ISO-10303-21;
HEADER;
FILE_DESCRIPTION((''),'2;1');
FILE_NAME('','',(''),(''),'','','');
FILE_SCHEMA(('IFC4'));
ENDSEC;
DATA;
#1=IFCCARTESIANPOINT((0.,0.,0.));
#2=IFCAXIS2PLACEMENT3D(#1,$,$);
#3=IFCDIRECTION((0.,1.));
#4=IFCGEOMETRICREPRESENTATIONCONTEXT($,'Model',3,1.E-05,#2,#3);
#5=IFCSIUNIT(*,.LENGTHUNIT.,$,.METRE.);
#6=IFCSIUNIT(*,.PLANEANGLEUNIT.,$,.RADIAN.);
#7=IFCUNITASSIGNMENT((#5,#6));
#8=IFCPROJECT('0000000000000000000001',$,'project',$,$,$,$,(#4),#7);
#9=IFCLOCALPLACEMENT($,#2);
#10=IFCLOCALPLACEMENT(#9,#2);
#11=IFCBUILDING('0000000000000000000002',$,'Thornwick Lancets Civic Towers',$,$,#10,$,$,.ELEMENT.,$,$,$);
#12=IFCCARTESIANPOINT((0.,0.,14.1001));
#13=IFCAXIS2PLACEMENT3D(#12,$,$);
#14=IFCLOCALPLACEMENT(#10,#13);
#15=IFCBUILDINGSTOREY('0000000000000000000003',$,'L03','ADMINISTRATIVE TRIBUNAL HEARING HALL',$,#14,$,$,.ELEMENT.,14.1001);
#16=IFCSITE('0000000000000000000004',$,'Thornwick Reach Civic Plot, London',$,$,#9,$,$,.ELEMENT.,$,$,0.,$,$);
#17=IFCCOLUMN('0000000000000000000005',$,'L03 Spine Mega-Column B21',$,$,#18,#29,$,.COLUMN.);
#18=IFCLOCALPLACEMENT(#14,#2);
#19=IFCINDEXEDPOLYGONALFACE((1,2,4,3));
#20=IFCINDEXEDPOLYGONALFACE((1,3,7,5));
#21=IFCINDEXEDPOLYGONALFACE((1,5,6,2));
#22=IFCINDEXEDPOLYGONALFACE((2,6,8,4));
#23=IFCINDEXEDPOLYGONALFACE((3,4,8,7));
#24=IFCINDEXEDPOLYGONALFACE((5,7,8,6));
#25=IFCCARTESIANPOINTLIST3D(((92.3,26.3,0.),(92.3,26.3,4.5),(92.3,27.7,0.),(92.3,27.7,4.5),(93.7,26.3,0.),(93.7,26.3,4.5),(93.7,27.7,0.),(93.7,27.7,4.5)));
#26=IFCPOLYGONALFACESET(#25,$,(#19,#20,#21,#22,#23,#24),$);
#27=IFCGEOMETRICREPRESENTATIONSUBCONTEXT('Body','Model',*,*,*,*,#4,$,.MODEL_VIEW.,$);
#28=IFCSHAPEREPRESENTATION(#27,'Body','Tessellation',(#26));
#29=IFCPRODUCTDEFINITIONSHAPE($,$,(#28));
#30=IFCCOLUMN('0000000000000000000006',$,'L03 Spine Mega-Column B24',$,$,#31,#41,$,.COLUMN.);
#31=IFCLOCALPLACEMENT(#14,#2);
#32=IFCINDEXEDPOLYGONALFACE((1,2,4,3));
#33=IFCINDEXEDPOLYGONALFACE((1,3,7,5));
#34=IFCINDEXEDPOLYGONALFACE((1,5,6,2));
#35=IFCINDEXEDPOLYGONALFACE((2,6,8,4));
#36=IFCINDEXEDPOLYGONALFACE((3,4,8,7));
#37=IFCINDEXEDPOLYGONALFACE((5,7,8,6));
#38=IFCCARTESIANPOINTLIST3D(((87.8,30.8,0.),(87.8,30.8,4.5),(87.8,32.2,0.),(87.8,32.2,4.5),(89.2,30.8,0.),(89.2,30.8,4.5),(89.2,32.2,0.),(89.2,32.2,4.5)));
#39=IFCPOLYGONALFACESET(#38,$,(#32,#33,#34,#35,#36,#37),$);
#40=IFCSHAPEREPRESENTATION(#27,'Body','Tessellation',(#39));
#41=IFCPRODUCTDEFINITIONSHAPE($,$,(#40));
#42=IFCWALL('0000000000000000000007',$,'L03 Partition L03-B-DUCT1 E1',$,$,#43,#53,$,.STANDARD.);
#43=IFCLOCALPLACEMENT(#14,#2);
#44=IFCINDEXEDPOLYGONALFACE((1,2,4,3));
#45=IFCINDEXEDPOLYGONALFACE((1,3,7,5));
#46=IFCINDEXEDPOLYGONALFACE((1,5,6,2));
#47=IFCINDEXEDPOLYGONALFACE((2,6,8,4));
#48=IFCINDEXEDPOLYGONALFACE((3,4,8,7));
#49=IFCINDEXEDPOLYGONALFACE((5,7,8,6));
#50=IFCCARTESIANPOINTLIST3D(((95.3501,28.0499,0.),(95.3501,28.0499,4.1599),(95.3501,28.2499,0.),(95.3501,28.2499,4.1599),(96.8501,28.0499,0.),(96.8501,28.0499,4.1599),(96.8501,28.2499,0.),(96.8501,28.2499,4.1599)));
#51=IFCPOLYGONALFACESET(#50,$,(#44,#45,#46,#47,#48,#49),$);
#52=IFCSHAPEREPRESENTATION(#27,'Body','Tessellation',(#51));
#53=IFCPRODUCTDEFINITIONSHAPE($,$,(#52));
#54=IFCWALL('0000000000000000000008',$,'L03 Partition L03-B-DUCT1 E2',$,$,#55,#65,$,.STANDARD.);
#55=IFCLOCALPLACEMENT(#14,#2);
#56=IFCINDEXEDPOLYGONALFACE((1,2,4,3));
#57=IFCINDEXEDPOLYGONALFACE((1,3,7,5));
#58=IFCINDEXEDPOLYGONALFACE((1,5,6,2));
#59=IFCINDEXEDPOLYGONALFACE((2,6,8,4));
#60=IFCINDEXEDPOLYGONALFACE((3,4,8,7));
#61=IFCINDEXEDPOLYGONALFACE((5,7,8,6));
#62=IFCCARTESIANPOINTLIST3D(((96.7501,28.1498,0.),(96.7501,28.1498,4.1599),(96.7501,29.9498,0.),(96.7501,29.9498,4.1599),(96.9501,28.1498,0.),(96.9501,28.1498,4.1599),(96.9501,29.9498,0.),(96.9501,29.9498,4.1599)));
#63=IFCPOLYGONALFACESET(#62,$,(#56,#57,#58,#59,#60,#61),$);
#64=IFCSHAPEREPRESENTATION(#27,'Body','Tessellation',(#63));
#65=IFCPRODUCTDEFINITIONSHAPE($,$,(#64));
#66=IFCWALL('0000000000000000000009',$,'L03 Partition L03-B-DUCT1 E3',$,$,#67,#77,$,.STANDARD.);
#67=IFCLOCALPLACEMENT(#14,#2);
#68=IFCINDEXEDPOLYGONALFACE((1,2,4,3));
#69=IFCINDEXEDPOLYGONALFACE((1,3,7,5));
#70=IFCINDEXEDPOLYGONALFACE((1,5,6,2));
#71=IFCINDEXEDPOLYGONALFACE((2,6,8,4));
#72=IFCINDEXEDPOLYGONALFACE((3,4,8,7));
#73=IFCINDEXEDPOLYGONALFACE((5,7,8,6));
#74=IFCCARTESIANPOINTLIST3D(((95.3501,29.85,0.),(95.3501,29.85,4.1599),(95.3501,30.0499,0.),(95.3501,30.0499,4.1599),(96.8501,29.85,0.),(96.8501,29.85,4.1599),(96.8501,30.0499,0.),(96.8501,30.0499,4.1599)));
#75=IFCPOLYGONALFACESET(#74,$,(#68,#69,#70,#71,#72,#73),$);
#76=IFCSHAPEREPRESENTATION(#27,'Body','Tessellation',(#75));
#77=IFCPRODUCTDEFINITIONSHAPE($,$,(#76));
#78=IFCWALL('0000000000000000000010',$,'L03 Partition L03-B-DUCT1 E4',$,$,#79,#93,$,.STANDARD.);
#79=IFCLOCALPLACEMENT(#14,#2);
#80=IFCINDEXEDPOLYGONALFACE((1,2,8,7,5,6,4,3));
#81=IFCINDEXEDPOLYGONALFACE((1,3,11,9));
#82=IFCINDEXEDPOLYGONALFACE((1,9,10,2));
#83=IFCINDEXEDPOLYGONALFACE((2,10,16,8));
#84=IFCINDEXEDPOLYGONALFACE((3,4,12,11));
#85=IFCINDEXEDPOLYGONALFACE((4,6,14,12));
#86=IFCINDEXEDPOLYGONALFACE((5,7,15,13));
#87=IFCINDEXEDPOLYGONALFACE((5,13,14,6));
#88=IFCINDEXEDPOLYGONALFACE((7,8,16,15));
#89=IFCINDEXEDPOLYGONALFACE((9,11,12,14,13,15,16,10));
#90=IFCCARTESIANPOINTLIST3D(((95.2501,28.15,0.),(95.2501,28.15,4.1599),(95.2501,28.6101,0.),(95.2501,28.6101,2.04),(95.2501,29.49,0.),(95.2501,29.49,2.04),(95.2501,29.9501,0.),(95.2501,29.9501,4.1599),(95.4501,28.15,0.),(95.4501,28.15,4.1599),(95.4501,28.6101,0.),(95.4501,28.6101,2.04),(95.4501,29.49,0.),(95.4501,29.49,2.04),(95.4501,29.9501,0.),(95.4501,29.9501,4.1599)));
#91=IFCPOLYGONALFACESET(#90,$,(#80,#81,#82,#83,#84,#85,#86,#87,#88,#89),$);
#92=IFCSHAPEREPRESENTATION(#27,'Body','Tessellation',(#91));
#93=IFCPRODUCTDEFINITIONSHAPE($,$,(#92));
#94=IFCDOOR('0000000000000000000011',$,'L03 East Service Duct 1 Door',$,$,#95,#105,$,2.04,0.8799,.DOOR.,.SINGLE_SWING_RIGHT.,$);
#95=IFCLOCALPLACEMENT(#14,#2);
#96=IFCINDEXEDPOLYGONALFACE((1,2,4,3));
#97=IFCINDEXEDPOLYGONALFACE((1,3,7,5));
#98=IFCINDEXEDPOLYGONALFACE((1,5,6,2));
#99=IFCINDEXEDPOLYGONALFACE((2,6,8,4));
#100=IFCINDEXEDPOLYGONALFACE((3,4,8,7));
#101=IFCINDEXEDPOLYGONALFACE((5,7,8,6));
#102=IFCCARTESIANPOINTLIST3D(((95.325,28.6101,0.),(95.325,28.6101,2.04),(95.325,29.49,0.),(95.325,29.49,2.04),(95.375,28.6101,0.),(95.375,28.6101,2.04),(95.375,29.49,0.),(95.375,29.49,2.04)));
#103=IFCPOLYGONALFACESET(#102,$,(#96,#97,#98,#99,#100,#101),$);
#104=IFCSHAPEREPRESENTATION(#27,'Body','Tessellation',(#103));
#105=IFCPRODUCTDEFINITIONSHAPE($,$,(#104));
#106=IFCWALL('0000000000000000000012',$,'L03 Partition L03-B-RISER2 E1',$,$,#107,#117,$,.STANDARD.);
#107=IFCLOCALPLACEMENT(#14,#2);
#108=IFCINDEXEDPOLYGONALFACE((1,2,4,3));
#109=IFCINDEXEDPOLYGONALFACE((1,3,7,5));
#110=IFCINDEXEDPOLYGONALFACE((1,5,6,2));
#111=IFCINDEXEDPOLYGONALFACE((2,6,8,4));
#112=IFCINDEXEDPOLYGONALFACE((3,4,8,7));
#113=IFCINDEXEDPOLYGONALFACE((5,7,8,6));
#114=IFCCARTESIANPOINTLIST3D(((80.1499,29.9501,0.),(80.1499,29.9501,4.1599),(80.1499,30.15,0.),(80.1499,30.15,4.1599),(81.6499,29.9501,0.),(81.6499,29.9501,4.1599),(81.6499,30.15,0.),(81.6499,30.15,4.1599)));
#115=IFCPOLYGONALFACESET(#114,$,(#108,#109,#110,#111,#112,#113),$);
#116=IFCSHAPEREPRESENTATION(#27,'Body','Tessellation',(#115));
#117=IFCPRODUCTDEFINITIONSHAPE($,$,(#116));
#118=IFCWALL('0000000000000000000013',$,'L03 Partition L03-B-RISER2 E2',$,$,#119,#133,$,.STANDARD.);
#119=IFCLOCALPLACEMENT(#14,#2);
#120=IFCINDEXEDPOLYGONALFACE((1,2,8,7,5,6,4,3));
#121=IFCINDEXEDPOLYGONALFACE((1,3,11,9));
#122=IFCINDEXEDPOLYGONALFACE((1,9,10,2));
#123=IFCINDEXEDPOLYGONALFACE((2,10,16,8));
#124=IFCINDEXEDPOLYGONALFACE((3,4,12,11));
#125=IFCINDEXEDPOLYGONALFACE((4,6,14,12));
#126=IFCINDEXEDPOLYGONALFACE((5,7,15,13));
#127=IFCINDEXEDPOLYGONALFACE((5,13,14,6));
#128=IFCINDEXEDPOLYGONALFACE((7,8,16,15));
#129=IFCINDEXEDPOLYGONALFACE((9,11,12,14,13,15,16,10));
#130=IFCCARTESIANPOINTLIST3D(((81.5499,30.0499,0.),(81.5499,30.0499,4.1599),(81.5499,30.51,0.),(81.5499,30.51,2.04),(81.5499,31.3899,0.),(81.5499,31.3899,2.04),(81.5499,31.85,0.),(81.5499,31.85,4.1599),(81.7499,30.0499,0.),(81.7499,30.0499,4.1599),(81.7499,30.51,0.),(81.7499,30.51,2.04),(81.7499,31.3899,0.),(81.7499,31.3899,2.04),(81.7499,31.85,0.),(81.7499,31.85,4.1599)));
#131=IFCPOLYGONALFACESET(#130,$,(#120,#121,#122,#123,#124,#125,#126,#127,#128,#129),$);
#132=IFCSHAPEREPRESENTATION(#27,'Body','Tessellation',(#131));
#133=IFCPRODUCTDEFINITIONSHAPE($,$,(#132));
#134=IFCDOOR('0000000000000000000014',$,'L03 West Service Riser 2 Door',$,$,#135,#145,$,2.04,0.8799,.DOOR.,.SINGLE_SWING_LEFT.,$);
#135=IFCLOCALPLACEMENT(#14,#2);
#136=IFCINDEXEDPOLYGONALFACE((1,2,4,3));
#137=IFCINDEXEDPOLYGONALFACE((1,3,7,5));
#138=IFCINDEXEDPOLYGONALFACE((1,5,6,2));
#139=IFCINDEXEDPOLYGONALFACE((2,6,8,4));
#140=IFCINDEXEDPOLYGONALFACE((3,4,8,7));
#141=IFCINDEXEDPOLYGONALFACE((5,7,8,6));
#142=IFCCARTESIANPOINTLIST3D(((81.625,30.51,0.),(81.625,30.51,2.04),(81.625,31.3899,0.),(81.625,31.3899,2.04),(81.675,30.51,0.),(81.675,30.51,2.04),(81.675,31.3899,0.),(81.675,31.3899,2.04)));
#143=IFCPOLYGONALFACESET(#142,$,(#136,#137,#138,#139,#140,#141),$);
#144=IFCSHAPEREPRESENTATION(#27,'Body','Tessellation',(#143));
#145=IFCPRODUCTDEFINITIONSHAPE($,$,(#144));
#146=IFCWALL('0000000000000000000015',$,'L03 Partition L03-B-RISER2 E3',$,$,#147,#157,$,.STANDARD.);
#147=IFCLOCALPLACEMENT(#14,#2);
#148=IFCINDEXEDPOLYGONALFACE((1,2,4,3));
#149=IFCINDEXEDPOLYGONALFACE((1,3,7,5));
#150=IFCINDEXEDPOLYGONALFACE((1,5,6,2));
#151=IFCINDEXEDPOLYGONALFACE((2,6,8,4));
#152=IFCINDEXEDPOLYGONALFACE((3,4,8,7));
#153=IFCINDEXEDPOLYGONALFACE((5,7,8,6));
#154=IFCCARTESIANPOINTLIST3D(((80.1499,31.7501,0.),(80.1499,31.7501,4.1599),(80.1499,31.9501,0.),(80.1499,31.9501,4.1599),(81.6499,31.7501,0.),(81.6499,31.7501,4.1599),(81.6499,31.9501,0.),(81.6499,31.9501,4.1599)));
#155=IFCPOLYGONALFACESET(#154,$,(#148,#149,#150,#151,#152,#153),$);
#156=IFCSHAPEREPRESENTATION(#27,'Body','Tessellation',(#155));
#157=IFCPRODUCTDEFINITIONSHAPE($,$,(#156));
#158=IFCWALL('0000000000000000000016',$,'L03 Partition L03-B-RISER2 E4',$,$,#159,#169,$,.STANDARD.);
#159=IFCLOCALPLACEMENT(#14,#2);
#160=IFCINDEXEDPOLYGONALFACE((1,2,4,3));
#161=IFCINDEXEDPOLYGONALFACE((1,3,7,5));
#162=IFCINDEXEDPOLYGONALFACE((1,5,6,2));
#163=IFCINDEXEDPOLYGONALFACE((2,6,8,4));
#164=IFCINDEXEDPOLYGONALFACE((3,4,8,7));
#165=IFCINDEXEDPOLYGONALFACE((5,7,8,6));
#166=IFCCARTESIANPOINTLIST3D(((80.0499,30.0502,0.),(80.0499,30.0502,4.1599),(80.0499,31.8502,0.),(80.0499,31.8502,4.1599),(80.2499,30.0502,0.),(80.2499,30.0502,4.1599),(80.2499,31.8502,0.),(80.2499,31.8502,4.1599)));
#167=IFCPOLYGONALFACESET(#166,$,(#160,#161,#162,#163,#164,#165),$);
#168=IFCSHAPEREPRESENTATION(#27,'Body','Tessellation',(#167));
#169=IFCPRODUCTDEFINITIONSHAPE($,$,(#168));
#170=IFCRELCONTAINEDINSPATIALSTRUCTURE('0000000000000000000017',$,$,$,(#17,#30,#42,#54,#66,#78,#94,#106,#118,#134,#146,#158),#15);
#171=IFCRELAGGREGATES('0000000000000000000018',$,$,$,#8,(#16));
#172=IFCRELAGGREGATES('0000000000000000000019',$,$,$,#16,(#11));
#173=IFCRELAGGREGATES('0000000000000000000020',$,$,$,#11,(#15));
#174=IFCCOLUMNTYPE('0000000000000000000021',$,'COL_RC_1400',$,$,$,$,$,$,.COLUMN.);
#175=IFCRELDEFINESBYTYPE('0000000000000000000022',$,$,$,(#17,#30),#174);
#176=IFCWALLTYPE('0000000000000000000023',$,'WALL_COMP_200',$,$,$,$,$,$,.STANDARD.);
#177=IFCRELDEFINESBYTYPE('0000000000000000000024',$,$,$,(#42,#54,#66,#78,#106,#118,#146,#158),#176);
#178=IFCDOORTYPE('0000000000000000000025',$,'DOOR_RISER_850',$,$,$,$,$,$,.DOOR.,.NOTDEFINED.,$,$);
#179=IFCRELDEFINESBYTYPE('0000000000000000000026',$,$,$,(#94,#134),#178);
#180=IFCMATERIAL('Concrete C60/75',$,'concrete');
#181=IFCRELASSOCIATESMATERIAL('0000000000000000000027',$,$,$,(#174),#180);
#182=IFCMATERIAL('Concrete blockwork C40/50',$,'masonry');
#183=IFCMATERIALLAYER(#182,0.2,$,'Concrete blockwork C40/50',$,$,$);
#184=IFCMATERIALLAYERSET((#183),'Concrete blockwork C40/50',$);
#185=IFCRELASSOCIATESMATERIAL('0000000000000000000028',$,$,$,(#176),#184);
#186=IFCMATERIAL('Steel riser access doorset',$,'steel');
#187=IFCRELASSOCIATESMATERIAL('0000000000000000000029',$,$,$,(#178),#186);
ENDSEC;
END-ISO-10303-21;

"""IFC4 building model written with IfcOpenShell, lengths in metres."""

from ifc_helpers import new_model, si_unit, direction, frame, frame_2d, origin, origin_2d, place, context, subcontext, project, spatial, rectangle, extrude, material, layer, layer_set, material_profile, profile_set, type_object, element, fill, save


model = new_model("IFC4")

# Units and contexts
model_context = context("Model", 3, precision=1e-05, world=origin(), true_north=direction((0.0, 1.0)))
body_context = subcontext(model_context, "Body", "Model", "MODEL_VIEW")
ifc_project = project(units=[si_unit("LENGTHUNIT", "METRE"), si_unit("PLANEANGLEUNIT", "RADIAN")], contexts=[model_context])

# Site, building, storey
site_placement = place(None, origin())
site = spatial("IfcSite", under=ifc_project, at=site_placement, Name="Thornwick Reach Civic Plot, London", CompositionType="ELEMENT", RefElevation=0.0)
building_placement = place(site_placement, origin())
building = spatial("IfcBuilding", under=site, at=building_placement, Name="Thornwick Lancets Civic Towers", CompositionType="ELEMENT")
storey_placement = place(building_placement, frame((0.0, 0.0, 14.1001)))
storey = spatial("IfcBuildingStorey", under=building, at=storey_placement, Name="L03", Description="ADMINISTRATIVE TRIBUNAL HEARING HALL", CompositionType="ELEMENT", Elevation=14.1001)

# Columns
ifc_material_1 = material(Name="Concrete C60/75", Category="concrete")
ifc_material_profile = material_profile(ifc_material_1, rectangle(XDim=1.3999, YDim=1.3999, at=origin_2d()), Name="RC 1400x1400")
ifc_profile_set = profile_set([ifc_material_profile], Name="Concrete C60/75")
column_type = type_object("IfcColumnType", Name="COL_RC_1400", PredefinedType="COLUMN", material=ifc_profile_set)
for number, where, z_axis, x_axis, name in (
    (1, (93.0, 27.0, 0.0), (0.0, 0.0, 1.0), (1.0, 0.0, 0.0), "L03 Spine Mega-Column B21"),
    (2, (88.5, 31.5, 0.0), (0.0, 0.0, 1.0), (1.0, 0.0, 0.0), "L03 Spine Mega-Column B24"),
):
    element("IfcColumn", number, at=place(storey_placement, frame(where, z_axis=z_axis, x_axis=x_axis)), inside=storey, type_object=column_type, Name=name, PredefinedType="COLUMN", context=body_context, shape_type="SweptSolid", body=[
        extrude(rectangle(XDim=1.3999, YDim=1.3999, at=origin_2d()), origin(), (0.0, 0.0, 1.0), 4.5),
    ])

# Walls
ifc_material_2 = material(Name="Concrete blockwork C40/50", Category="masonry")
ifc_layer_1 = layer(ifc_material_2, 0.2, Name="Concrete blockwork C40/50")
ifc_layer_set_1 = layer_set([ifc_layer_1], Name="Concrete blockwork C40/50")
wall_type_1 = type_object("IfcWallType", Name="WALL_COMP_200", PredefinedType="STANDARD", material=ifc_layer_set_1)
wall_1_placement = place(storey_placement, frame((95.3501, 28.1499, 0.0), z_axis=(0.0, 0.0, 1.0), x_axis=(1.0, 0.0, 0.0)))
element("IfcWall", 3, at=wall_1_placement, inside=storey, type_object=wall_type_1, Name="L03 Partition L03-B-DUCT1 E1", PredefinedType="STANDARD", context=body_context, shape_type="SweptSolid", body=[
    extrude(rectangle(XDim=1.5, YDim=0.2, at=frame_2d((0.75, 0.0))), origin(), (0.0, 0.0, 1.0), 4.1599),
])
wall_2_placement = place(storey_placement, frame((96.8501, 28.1499, 0.0), z_axis=(0.0, 0.0, 1.0), x_axis=(0.0, 1.0, 0.0)))
element("IfcWall", 4, at=wall_2_placement, inside=storey, type_object=wall_type_1, Name="L03 Partition L03-B-DUCT1 E2", PredefinedType="STANDARD", context=body_context, shape_type="SweptSolid", body=[
    extrude(rectangle(XDim=1.8, YDim=0.2, at=frame_2d((0.8999, 0.0))), origin(), (0.0, 0.0, 1.0), 4.1599),
])
wall_3_placement = place(storey_placement, frame((96.8501, 29.95, 0.0), z_axis=(0.0, 0.0, 1.0), x_axis=(-1.0, 0.0, 0.0)))
element("IfcWall", 5, at=wall_3_placement, inside=storey, type_object=wall_type_1, Name="L03 Partition L03-B-DUCT1 E3", PredefinedType="STANDARD", context=body_context, shape_type="SweptSolid", body=[
    extrude(rectangle(XDim=1.5, YDim=0.2, at=frame_2d((0.75, 0.0))), origin(), (0.0, 0.0, 1.0), 4.1599),
])

# Wall, opening, door
wall_4_placement = place(storey_placement, frame((95.3501, 29.95, 0.0), z_axis=(0.0, 0.0, 1.0), x_axis=(0.0, -1.0, 0.0)))
wall_4 = element("IfcWall", 6, at=wall_4_placement, inside=storey, type_object=wall_type_1, Name="L03 Partition L03-B-DUCT1 E4", PredefinedType="STANDARD", context=body_context, shape_type="SweptSolid", body=[
    extrude(rectangle(XDim=1.8, YDim=0.2, at=frame_2d((0.8999, 0.0))), origin(), (0.0, 0.0, 1.0), 4.1599),
])
opening_1_placement = place(wall_4_placement, frame((0.46, 0.0, 0.0)))
opening_1 = element("IfcOpeningElement", 7, at=opening_1_placement, cuts=wall_4, PredefinedType="OPENING", context=body_context, shape_type="SweptSolid", body=[
    extrude(rectangle(XDim=0.8799, YDim=2.04, at=frame_2d((0.4399, 1.02))), frame((0.0, 0.1099, 0.0), z_axis=(0.0, -1.0, 0.0), x_axis=(1.0, 0.0, 0.0)), (0.0, 0.0, 1.0), 0.22),
])
ifc_material_3 = material(Name="Steel riser access doorset", Category="steel")
door_type_1 = type_object("IfcDoorType", Name="DOOR_RISER_850", OperationType="NOTDEFINED", PredefinedType="DOOR", material=ifc_material_3)
door_1_placement = place(opening_1_placement, origin())
door_1 = element("IfcDoor", 8, at=door_1_placement, inside=storey, type_object=door_type_1, Name="L03 East Service Duct 1 Door", OperationType="SINGLE_SWING_RIGHT", OverallHeight=2.04, OverallWidth=0.8799, PredefinedType="DOOR", context=body_context, shape_type="SweptSolid", body=[
    extrude(rectangle(XDim=0.8799, YDim=2.04, at=frame_2d((0.4399, 1.02))), frame((0.0, 0.0249, 0.0), z_axis=(0.0, -1.0, 0.0), x_axis=(1.0, 0.0, 0.0)), (0.0, 0.0, 1.0), 0.05),
])
fill(opening_1, door_1)

# Wall
wall_5_placement = place(storey_placement, frame((80.1499, 30.05, 0.0), z_axis=(0.0, 0.0, 1.0), x_axis=(1.0, 0.0, 0.0)))
element("IfcWall", 9, at=wall_5_placement, inside=storey, type_object=wall_type_1, Name="L03 Partition L03-B-RISER2 E1", PredefinedType="STANDARD", context=body_context, shape_type="SweptSolid", body=[
    extrude(rectangle(XDim=1.5, YDim=0.2, at=frame_2d((0.75, 0.0))), origin(), (0.0, 0.0, 1.0), 4.1599),
])

# Wall, opening, door
wall_6_placement = place(storey_placement, frame((81.6499, 30.05, 0.0), z_axis=(0.0, 0.0, 1.0), x_axis=(0.0, 1.0, 0.0)))
wall_6 = element("IfcWall", 10, at=wall_6_placement, inside=storey, type_object=wall_type_1, Name="L03 Partition L03-B-RISER2 E2", PredefinedType="STANDARD", context=body_context, shape_type="SweptSolid", body=[
    extrude(rectangle(XDim=1.8, YDim=0.2, at=frame_2d((0.8999, 0.0))), origin(), (0.0, 0.0, 1.0), 4.1599),
])
opening_2_placement = place(wall_6_placement, frame((0.46, 0.0, 0.0)))
opening_2 = element("IfcOpeningElement", 11, at=opening_2_placement, cuts=wall_6, PredefinedType="OPENING", context=body_context, shape_type="SweptSolid", body=[
    extrude(rectangle(XDim=0.8799, YDim=2.04, at=frame_2d((0.4399, 1.02))), frame((0.0, 0.1099, 0.0), z_axis=(0.0, -1.0, 0.0), x_axis=(1.0, 0.0, 0.0)), (0.0, 0.0, 1.0), 0.22),
])
door_2_placement = place(opening_2_placement, origin())
door_2 = element("IfcDoor", 12, at=door_2_placement, inside=storey, type_object=door_type_1, Name="L03 West Service Riser 2 Door", OperationType="SINGLE_SWING_LEFT", OverallHeight=2.04, OverallWidth=0.8799, PredefinedType="DOOR", context=body_context, shape_type="SweptSolid", body=[
    extrude(rectangle(XDim=0.8799, YDim=2.04, at=frame_2d((0.4399, 1.02))), frame((0.0, 0.0249, 0.0), z_axis=(0.0, -1.0, 0.0), x_axis=(1.0, 0.0, 0.0)), (0.0, 0.0, 1.0), 0.05),
])
fill(opening_2, door_2)

# Walls
wall_7_placement = place(storey_placement, frame((81.6499, 31.8501, 0.0), z_axis=(0.0, 0.0, 1.0), x_axis=(-1.0, 0.0, 0.0)))
element("IfcWall", 13, at=wall_7_placement, inside=storey, type_object=wall_type_1, Name="L03 Partition L03-B-RISER2 E3", PredefinedType="STANDARD", context=body_context, shape_type="SweptSolid", body=[
    extrude(rectangle(XDim=1.5, YDim=0.2, at=frame_2d((0.75, 0.0))), origin(), (0.0, 0.0, 1.0), 4.1599),
])
wall_8_placement = place(storey_placement, frame((80.1499, 31.8501, 0.0), z_axis=(0.0, 0.0, 1.0), x_axis=(0.0, -1.0, 0.0)))
element("IfcWall", 14, at=wall_8_placement, inside=storey, type_object=wall_type_1, Name="L03 Partition L03-B-RISER2 E4", PredefinedType="STANDARD", context=body_context, shape_type="SweptSolid", body=[
    extrude(rectangle(XDim=1.8, YDim=0.2, at=frame_2d((0.8999, 0.0))), origin(), (0.0, 0.0, 1.0), 4.1599),
])

save(model, "model.ifc")
